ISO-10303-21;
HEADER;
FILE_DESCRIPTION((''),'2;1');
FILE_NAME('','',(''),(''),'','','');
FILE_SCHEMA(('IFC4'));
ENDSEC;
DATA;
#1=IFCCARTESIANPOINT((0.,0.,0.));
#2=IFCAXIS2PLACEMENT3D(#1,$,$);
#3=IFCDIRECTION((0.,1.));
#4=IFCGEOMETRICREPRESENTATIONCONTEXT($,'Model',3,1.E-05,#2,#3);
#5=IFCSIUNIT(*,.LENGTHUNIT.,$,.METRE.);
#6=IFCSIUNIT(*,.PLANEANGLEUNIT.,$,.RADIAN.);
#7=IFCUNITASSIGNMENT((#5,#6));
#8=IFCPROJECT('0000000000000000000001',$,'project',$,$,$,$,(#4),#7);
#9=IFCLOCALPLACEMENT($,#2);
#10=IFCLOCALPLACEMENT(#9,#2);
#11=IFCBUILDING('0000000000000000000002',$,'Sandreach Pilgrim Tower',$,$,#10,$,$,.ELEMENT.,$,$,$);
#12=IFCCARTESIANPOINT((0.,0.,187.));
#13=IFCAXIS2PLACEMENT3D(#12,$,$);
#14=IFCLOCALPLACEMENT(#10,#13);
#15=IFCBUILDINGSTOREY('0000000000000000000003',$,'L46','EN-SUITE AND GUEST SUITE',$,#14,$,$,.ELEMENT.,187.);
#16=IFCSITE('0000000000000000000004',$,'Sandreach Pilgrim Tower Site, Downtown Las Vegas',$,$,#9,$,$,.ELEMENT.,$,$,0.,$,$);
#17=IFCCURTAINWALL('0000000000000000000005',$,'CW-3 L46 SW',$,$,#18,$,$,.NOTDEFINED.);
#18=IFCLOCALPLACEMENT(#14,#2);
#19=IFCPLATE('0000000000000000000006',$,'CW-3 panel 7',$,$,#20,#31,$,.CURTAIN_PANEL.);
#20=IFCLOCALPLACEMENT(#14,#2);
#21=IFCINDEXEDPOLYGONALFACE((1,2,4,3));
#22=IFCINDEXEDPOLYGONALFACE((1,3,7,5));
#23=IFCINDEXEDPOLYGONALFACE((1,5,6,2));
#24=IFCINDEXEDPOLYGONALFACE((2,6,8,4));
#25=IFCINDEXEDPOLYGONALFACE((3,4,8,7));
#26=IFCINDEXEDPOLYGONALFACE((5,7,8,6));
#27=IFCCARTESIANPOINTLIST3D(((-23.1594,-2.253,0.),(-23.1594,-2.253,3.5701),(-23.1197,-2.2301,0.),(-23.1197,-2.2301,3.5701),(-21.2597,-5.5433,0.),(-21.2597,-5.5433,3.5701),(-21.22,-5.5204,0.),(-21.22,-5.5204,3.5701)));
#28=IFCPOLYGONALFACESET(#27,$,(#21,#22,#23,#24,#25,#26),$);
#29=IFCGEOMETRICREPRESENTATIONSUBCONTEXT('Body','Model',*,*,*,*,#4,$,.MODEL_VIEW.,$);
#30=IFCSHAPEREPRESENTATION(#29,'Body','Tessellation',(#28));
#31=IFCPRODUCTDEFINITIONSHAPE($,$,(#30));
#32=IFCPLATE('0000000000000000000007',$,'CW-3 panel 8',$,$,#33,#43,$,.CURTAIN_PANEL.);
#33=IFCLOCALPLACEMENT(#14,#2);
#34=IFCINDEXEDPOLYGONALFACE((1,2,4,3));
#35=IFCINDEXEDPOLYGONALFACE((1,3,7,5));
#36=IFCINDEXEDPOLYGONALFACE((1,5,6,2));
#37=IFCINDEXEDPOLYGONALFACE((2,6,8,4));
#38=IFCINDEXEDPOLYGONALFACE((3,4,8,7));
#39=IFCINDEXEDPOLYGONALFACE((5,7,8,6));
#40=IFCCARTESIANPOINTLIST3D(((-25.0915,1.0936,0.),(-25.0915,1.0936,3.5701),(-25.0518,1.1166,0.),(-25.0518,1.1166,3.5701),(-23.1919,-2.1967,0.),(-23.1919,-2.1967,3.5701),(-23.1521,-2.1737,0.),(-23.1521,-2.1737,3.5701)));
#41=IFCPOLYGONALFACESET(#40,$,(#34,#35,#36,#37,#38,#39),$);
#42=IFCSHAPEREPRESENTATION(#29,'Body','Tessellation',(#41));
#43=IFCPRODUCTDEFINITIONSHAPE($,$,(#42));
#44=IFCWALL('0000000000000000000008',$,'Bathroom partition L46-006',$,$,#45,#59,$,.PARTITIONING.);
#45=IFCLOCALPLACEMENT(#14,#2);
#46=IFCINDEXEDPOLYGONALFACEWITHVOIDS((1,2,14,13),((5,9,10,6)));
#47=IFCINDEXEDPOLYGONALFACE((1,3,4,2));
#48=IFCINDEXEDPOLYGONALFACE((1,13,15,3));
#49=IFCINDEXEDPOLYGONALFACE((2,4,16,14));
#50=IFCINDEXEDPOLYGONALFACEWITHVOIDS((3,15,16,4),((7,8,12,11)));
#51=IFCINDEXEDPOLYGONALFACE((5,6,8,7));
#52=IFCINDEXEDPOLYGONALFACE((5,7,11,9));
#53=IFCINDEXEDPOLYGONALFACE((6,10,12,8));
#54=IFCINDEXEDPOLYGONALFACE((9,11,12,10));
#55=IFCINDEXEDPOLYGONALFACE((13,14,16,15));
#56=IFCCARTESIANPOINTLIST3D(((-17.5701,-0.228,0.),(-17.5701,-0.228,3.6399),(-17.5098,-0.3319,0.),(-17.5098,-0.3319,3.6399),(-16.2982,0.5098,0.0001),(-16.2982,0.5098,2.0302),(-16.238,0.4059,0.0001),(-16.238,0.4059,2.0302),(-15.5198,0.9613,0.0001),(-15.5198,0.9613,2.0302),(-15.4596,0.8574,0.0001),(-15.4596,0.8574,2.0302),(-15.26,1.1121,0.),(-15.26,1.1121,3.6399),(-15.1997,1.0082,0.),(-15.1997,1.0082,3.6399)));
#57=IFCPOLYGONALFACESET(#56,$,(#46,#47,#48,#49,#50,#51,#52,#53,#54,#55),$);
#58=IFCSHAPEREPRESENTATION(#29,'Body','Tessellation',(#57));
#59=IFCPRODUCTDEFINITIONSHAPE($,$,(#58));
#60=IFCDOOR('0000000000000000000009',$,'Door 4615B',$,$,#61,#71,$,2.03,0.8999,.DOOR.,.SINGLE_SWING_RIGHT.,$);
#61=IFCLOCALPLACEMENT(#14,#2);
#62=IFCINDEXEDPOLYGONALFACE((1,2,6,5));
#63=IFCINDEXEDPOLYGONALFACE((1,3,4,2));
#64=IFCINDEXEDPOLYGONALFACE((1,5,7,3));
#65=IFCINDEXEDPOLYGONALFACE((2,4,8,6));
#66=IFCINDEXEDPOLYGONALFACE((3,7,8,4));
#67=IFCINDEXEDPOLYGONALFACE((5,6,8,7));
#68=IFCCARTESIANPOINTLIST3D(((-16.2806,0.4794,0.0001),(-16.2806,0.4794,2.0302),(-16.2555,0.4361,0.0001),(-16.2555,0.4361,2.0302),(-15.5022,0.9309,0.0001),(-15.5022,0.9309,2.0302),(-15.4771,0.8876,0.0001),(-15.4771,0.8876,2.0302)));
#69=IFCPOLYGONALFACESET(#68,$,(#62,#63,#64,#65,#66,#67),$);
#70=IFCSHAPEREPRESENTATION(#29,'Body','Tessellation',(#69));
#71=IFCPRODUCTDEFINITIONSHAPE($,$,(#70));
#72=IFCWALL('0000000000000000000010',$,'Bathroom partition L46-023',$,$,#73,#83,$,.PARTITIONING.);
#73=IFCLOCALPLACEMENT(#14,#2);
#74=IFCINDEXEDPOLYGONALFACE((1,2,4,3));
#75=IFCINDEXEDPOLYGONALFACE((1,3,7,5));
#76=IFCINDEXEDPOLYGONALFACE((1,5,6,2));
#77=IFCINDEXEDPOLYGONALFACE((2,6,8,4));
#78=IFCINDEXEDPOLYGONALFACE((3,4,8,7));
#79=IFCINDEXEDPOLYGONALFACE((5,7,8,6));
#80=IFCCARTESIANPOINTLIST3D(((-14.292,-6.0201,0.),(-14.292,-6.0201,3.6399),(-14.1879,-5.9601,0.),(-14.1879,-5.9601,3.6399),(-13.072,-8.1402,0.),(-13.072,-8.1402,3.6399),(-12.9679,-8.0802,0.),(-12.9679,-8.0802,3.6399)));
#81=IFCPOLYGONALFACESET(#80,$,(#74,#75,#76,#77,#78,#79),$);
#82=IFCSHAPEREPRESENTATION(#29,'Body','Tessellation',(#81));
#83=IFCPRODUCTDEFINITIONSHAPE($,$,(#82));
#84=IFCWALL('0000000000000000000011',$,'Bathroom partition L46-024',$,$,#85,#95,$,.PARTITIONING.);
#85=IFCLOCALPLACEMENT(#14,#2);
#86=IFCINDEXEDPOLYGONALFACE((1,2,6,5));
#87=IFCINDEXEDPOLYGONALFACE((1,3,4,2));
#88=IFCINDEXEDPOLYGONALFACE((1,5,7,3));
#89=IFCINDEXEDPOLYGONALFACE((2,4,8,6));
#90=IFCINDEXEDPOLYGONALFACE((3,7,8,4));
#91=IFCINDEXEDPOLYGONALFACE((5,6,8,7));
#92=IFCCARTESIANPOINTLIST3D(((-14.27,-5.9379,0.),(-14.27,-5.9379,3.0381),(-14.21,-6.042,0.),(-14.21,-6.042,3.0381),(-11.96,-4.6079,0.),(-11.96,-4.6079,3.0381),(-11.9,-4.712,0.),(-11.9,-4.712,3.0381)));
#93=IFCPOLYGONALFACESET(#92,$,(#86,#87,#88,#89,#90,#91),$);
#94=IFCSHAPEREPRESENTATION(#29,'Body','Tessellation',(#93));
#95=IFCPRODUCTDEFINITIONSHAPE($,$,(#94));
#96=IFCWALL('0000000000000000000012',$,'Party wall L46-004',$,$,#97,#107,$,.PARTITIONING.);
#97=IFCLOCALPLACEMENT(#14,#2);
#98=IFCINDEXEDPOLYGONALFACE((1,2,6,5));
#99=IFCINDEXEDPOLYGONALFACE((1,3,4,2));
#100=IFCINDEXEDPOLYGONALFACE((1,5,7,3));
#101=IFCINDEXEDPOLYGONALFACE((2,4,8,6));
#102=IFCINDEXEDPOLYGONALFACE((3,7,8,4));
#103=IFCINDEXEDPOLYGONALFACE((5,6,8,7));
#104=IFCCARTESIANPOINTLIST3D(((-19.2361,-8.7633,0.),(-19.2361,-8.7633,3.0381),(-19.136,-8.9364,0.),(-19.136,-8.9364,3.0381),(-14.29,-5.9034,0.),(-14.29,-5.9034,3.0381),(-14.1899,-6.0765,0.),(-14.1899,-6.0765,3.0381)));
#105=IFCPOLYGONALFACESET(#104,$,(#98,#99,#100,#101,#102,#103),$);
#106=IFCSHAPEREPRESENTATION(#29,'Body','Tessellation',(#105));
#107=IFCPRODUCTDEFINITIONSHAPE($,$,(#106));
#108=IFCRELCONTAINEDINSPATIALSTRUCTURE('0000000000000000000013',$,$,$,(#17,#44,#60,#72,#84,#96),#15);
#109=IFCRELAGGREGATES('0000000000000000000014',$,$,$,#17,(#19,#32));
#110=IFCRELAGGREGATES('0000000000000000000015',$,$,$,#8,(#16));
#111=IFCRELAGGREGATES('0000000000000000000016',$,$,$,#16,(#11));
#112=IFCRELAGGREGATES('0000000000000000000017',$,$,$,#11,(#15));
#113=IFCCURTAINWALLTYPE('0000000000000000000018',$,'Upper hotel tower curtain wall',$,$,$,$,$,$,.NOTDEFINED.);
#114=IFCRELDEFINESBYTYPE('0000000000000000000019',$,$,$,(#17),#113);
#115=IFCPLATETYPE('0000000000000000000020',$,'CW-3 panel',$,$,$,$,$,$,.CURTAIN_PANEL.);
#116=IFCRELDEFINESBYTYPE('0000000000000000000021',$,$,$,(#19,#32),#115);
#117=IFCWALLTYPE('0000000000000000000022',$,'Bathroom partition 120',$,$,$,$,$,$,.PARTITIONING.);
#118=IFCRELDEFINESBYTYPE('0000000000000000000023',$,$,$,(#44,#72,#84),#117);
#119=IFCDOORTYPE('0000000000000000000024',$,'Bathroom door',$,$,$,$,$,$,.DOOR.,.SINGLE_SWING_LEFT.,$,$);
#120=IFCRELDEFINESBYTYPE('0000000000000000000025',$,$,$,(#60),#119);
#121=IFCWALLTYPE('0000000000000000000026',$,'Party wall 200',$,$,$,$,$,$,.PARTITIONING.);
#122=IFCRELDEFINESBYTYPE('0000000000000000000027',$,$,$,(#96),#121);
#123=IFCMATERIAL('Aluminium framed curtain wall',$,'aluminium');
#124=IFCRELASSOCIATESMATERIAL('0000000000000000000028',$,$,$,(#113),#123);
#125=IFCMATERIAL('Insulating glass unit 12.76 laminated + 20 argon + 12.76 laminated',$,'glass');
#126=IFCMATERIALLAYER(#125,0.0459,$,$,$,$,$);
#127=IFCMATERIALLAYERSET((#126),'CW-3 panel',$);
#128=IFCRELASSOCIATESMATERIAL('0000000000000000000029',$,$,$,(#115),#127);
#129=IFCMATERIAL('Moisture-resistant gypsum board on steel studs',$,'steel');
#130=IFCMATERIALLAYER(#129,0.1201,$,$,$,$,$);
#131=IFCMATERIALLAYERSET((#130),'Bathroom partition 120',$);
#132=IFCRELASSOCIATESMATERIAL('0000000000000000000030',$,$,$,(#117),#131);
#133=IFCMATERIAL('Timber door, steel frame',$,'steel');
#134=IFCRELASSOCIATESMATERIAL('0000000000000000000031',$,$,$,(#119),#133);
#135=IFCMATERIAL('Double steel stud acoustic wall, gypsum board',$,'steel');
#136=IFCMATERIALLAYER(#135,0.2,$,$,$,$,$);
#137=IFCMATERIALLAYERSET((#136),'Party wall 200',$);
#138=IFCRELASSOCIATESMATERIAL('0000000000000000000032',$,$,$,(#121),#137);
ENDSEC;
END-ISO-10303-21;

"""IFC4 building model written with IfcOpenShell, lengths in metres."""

from ifc_helpers import new_model, si_unit, direction, frame, frame_2d, origin, origin_2d, place, context, subcontext, project, spatial, rectangle, extrude, material, layer, layer_set, type_object, element, fill, aggregate, save


model = new_model("IFC4")

# Units and contexts
model_context = context("Model", 3, precision=1e-05, world=origin(), true_north=direction((0.0, 1.0)))
body_context = subcontext(model_context, "Body", "Model", "MODEL_VIEW")
ifc_project = project(units=[si_unit("LENGTHUNIT", "METRE"), si_unit("PLANEANGLEUNIT", "RADIAN")], contexts=[model_context])

# Site, building, storey
site_placement = place(None, origin())
site = spatial("IfcSite", under=ifc_project, at=site_placement, Name="Sandreach Pilgrim Tower Site, Downtown Las Vegas", CompositionType="ELEMENT", RefElevation=0.0)
building_placement = place(site_placement, origin())
building = spatial("IfcBuilding", under=site, at=building_placement, Name="Sandreach Pilgrim Tower", CompositionType="ELEMENT")
storey_placement = place(building_placement, frame((0.0, 0.0, 187.0)))
storey = spatial("IfcBuildingStorey", under=building, at=storey_placement, Name="L46", Description="EN-SUITE AND GUEST SUITE", CompositionType="ELEMENT", Elevation=187.0)

# Curtain wall
ifc_material_1 = material(Name="Aluminium framed curtain wall", Category="aluminium")
curtain_wall_type = type_object("IfcCurtainWallType", Name="Upper hotel tower curtain wall", PredefinedType="NOTDEFINED", material=ifc_material_1)
curtain_wall_placement = place(storey_placement, origin())
curtain_wall = element("IfcCurtainWall", 1, at=curtain_wall_placement, inside=storey, type_object=curtain_wall_type, Name="CW-3 L46 SW", PredefinedType="NOTDEFINED")

# Plates
ifc_material_2 = material(Name="Insulating glass unit 12.76 laminated + 20 argon + 12.76 laminated", Category="glass")
ifc_layer_1 = layer(ifc_material_2, 0.0459)
ifc_layer_set_1 = layer_set([ifc_layer_1], Name="CW-3 panel")
plate_type = type_object("IfcPlateType", Name="CW-3 panel", PredefinedType="CURTAIN_PANEL", material=ifc_layer_set_1)
plate_1_placement = place(storey_placement, frame((-22.1897, -3.8867, 0.0), z_axis=(0.0, 0.0, 1.0), x_axis=(-0.5, 0.866025, 0.0)))
plate_1 = element("IfcPlate", 2, at=plate_1_placement, type_object=plate_type, Name="CW-3 panel 7", PredefinedType="CURTAIN_PANEL", context=body_context, shape_type="SweptSolid", body=[
    extrude(rectangle(XDim=3.7993, YDim=0.0459, at=origin_2d()), origin(), (0.0, 0.0, 1.0), 3.5701),
])
plate_2_placement = place(storey_placement, frame((-24.1218, -0.54, 0.0), z_axis=(0.0, 0.0, 1.0), x_axis=(-0.5, 0.866025, 0.0)))
plate_2 = element("IfcPlate", 3, at=plate_2_placement, type_object=plate_type, Name="CW-3 panel 8", PredefinedType="CURTAIN_PANEL", context=body_context, shape_type="SweptSolid", body=[
    extrude(rectangle(XDim=3.7993, YDim=0.0459, at=origin_2d()), origin(), (0.0, 0.0, 1.0), 3.5701),
])
aggregate(curtain_wall, [plate_1, plate_2])

# Wall, opening, door
ifc_material_3 = material(Name="Moisture-resistant gypsum board on steel studs", Category="steel")
ifc_layer_2 = layer(ifc_material_3, 0.1201)
ifc_layer_set_2 = layer_set([ifc_layer_2], Name="Bathroom partition 120")
wall_type_1 = type_object("IfcWallType", Name="Bathroom partition 120", PredefinedType="PARTITIONING", material=ifc_layer_set_2)
wall_1_placement = place(storey_placement, frame((-17.54, -0.28, 0.0), z_axis=(0.0, 0.0, 1.0), x_axis=(0.86499, 0.501789, 0.0)))
wall_1 = element("IfcWall", 4, at=wall_1_placement, inside=storey, type_object=wall_type_1, Name="Bathroom partition L46-006", PredefinedType="PARTITIONING", context=body_context, shape_type="SweptSolid", body=[
    extrude(rectangle(XDim=2.6707, YDim=0.1201, at=frame_2d((1.3354, 0.0))), origin(), (0.0, 0.0, 1.0), 3.6399),
])
opening_placement = place(wall_1_placement, frame((1.4705, 0.0, 0.0)))
opening = element("IfcOpeningElement", 5, at=opening_placement, cuts=wall_1, PredefinedType="OPENING", context=body_context, shape_type="SweptSolid", body=[
    extrude(rectangle(XDim=0.8999, YDim=2.03, at=frame_2d((0.45, 1.0151))), frame((0.0, 0.0601, 0.0), z_axis=(0.0, -1.0, 0.0), x_axis=(1.0, 0.0, 0.0)), (0.0, 0.0, 1.0), 0.1201),
])
ifc_material_4 = material(Name="Timber door, steel frame", Category="steel")
door_type = type_object("IfcDoorType", Name="Bathroom door", OperationType="SINGLE_SWING_LEFT", PredefinedType="DOOR", material=ifc_material_4)
door_placement = place(opening_placement, origin())
door = element("IfcDoor", 6, at=door_placement, inside=storey, type_object=door_type, Name="Door 4615B", OperationType="SINGLE_SWING_RIGHT", OverallHeight=2.03, OverallWidth=0.8999, PredefinedType="DOOR", context=body_context, shape_type="SweptSolid", body=[
    extrude(rectangle(XDim=0.8999, YDim=2.03, at=frame_2d((0.45, 1.0151))), frame((0.0, 0.0249, 0.0), z_axis=(0.0, -1.0, 0.0), x_axis=(1.0, 0.0, 0.0)), (0.0, 0.0, 1.0), 0.05),
])
fill(opening, door)

# Walls
wall_2_placement = place(storey_placement, frame((-14.24, -5.99, 0.0), z_axis=(0.0, 0.0, 1.0), x_axis=(0.498749, -0.866747, 0.0)))
element("IfcWall", 7, at=wall_2_placement, inside=storey, type_object=wall_type_1, Name="Bathroom partition L46-023", PredefinedType="PARTITIONING", context=body_context, shape_type="SweptSolid", body=[
    extrude(rectangle(XDim=2.446, YDim=0.1201, at=frame_2d((1.2231, 0.0))), origin(), (0.0, 0.0, 1.0), 3.6399),
])
wall_3_placement = place(storey_placement, frame((-14.24, -5.99, 0.0), z_axis=(0.0, 0.0, 1.0), x_axis=(0.866615, 0.498977, 0.0)))
element("IfcWall", 8, at=wall_3_placement, inside=storey, type_object=wall_type_1, Name="Bathroom partition L46-024", PredefinedType="PARTITIONING", context=body_context, shape_type="SweptSolid", body=[
    extrude(rectangle(XDim=2.6655, YDim=0.1201, at=frame_2d((1.3328, 0.0))), origin(), (0.0, 0.0, 1.0), 3.0381),
])
ifc_material_5 = material(Name="Double steel stud acoustic wall, gypsum board", Category="steel")
ifc_layer_3 = layer(ifc_material_5, 0.2)
ifc_layer_set_3 = layer_set([ifc_layer_3], Name="Party wall 200")
wall_type_2 = type_object("IfcWallType", Name="Party wall 200", PredefinedType="PARTITIONING", material=ifc_layer_set_3)
wall_4_placement = place(storey_placement, frame((-19.186, -8.8499, 0.0), z_axis=(0.0, 0.0, 1.0), x_axis=(0.865702, 0.500559, 0.0)))
element("IfcWall", 9, at=wall_4_placement, inside=storey, type_object=wall_type_2, Name="Party wall L46-004", PredefinedType="PARTITIONING", context=body_context, shape_type="SweptSolid", body=[
    extrude(rectangle(XDim=5.7134, YDim=0.2, at=frame_2d((2.8567, 0.0))), origin(), (0.0, 0.0, 1.0), 3.0381),
])

save(model, "model.ifc")
